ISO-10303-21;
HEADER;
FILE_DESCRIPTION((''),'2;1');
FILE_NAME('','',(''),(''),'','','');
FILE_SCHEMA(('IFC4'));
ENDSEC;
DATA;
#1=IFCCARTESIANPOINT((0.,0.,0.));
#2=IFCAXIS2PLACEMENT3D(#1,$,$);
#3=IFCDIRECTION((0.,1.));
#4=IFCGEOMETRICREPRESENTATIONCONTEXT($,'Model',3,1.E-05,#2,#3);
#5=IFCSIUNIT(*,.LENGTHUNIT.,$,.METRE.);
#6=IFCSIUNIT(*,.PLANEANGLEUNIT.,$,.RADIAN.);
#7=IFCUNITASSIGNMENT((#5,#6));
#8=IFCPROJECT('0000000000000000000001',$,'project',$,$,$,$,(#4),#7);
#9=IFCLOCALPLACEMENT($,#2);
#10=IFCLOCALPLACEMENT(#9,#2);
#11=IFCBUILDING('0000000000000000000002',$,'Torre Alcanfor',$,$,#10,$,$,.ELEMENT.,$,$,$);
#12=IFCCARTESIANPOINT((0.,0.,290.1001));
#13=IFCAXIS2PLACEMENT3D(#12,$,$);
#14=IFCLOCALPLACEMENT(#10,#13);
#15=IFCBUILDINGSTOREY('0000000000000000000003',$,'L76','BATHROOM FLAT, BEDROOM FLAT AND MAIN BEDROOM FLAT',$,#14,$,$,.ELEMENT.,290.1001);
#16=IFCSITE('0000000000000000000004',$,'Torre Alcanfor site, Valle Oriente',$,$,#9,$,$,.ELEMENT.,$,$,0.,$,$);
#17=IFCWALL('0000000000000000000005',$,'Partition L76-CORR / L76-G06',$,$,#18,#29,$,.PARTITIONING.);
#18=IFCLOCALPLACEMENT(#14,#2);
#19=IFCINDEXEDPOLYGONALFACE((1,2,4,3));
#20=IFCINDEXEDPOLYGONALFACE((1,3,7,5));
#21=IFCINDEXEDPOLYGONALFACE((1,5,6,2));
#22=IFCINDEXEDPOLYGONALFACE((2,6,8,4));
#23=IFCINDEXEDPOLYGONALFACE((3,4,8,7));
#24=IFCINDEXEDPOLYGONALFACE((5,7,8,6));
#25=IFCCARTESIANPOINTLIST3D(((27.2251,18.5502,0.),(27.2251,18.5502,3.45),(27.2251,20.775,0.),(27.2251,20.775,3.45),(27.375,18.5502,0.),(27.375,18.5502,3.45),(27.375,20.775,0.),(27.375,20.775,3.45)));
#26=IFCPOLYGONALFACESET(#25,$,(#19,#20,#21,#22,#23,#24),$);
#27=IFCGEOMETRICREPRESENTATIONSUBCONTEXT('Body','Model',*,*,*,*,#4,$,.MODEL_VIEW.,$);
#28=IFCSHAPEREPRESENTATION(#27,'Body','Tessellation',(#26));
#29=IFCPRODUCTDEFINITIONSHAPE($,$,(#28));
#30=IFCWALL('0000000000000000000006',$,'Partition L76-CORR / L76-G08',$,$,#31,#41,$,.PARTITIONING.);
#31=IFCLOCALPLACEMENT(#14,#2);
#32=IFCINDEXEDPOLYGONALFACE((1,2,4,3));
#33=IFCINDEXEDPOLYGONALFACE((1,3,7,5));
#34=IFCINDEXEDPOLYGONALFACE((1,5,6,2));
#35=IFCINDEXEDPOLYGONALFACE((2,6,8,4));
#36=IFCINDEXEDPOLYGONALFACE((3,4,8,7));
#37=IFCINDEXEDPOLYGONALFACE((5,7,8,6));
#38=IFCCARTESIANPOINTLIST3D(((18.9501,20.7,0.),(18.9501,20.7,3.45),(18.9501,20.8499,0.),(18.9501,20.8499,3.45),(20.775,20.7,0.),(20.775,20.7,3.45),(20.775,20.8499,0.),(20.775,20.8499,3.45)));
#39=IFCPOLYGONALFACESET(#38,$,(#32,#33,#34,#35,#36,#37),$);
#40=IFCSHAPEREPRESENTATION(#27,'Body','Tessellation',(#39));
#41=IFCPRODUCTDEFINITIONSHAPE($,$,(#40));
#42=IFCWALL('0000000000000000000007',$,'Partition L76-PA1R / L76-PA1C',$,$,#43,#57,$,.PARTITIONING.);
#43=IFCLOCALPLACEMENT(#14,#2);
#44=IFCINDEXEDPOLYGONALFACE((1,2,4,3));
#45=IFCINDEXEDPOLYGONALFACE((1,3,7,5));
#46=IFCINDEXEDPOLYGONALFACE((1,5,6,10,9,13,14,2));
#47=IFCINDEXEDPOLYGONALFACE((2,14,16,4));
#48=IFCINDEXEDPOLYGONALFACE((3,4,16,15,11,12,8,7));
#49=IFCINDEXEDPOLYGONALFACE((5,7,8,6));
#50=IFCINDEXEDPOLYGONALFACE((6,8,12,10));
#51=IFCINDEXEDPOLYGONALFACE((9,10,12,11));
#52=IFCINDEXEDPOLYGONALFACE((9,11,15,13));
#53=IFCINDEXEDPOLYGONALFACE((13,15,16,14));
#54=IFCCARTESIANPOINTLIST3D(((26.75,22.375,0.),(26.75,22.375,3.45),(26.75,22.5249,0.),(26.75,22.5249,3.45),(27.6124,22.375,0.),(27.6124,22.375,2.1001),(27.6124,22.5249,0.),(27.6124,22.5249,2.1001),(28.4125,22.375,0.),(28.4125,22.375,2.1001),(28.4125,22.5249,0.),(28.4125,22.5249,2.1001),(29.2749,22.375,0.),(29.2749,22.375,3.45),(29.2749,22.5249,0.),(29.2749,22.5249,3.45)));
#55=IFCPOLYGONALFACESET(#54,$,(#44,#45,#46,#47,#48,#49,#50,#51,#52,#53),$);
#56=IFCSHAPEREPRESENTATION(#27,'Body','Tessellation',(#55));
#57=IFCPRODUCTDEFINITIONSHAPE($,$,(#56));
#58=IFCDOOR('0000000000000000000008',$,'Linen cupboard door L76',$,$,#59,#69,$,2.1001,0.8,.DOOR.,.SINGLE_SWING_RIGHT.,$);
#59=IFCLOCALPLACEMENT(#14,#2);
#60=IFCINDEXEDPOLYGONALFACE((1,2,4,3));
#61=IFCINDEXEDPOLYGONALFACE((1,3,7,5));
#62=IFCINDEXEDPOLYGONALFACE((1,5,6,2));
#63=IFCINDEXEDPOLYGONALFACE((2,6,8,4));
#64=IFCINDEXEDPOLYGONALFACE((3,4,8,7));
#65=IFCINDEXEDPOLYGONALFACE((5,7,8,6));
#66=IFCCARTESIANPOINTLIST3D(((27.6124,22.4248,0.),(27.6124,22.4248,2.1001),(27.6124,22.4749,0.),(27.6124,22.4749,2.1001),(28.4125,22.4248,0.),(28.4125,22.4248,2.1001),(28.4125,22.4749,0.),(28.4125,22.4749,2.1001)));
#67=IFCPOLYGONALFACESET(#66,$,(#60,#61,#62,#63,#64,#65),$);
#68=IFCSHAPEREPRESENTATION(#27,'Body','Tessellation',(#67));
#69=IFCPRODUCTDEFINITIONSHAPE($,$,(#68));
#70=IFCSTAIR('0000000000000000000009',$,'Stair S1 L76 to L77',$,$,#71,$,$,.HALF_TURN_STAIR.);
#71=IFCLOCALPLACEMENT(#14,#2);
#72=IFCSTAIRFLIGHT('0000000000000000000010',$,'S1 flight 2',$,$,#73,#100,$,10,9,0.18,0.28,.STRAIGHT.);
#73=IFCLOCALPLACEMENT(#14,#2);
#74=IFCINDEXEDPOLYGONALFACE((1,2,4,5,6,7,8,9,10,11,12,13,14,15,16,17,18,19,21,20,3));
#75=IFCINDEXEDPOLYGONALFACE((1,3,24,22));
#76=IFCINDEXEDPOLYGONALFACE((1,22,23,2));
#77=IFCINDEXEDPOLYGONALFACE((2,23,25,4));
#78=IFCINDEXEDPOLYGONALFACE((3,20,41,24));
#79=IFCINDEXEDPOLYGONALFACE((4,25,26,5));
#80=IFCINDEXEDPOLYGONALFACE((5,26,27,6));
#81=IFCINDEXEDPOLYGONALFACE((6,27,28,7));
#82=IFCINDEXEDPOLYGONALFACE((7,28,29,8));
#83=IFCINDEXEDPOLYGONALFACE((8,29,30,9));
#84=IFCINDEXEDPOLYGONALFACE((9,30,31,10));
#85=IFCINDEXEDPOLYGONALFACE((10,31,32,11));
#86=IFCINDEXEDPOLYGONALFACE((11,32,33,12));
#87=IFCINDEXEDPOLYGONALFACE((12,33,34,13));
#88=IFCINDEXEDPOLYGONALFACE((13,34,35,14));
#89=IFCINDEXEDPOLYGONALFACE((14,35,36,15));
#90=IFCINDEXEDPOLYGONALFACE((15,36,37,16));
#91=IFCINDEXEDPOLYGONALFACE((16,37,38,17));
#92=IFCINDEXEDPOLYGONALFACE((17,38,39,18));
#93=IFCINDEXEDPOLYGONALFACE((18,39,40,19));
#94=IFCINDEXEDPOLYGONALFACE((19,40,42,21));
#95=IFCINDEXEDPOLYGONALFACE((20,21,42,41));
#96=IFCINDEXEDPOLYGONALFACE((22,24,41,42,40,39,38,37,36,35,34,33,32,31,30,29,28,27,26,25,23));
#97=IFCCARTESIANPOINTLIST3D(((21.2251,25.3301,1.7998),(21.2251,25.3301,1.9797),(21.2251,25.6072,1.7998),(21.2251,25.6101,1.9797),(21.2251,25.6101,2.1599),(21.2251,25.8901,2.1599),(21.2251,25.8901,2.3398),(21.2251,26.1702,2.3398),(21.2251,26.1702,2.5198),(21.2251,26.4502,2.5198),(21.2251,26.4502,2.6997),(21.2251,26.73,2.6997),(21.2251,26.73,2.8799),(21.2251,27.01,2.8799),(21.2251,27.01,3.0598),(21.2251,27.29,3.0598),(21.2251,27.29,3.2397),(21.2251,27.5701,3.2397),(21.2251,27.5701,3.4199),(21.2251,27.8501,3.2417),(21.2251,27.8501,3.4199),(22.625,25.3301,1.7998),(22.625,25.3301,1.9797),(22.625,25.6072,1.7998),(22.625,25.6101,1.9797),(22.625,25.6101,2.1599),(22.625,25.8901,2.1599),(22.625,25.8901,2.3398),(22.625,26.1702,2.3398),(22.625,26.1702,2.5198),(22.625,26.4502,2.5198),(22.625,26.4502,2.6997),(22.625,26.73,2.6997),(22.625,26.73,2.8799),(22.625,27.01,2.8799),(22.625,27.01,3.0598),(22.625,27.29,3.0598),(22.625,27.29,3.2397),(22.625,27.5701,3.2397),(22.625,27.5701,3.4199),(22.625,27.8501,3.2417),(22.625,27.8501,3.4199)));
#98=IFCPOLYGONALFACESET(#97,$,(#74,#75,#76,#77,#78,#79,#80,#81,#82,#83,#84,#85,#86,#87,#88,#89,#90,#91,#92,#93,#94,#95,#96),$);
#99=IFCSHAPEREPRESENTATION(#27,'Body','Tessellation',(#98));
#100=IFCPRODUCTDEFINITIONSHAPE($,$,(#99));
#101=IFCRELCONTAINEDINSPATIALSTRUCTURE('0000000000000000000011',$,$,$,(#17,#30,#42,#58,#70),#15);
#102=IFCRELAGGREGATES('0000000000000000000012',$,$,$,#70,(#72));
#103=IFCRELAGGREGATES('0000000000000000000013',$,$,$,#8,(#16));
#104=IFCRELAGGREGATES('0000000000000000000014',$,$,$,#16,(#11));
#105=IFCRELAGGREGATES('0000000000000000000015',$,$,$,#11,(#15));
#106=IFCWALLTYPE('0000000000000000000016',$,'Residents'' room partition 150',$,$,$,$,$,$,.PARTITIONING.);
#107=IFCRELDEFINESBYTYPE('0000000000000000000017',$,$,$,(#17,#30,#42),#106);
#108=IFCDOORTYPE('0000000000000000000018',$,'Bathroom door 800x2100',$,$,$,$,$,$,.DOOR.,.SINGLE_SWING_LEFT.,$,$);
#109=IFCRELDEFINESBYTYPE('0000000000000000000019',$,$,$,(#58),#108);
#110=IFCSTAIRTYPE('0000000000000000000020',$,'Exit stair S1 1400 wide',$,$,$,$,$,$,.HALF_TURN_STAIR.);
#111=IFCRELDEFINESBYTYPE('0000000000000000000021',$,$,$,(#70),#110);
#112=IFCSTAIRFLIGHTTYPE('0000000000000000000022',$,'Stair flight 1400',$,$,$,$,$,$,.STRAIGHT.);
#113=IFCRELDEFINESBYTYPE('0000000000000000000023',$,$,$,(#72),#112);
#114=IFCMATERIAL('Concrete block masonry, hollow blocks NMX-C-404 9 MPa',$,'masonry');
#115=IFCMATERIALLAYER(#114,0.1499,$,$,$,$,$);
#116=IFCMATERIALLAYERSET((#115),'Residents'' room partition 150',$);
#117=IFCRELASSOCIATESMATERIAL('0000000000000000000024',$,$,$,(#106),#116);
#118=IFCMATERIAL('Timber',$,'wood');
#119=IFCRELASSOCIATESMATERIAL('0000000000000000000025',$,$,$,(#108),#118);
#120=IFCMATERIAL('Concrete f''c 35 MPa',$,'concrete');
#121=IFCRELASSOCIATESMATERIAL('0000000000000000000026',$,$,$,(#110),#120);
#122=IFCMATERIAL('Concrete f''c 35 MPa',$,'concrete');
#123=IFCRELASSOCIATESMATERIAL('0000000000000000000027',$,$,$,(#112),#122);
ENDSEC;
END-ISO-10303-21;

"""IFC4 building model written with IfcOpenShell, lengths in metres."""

from ifc_helpers import new_model, si_unit, direction, frame, frame_2d, origin, place, context, subcontext, project, spatial, polyline, rectangle, outline, extrude, material, layer, layer_set, type_object, element, fill, aggregate, save


model = new_model("IFC4")

# Units and contexts
model_context = context("Model", 3, precision=1e-05, world=origin(), true_north=direction((0.0, 1.0)))
body_context = subcontext(model_context, "Body", "Model", "MODEL_VIEW")
ifc_project = project(units=[si_unit("LENGTHUNIT", "METRE"), si_unit("PLANEANGLEUNIT", "RADIAN")], contexts=[model_context])

# Site, building, storey
site_placement = place(None, origin())
site = spatial("IfcSite", under=ifc_project, at=site_placement, Name="Torre Alcanfor site, Valle Oriente", CompositionType="ELEMENT", RefElevation=0.0)
building_placement = place(site_placement, origin())
building = spatial("IfcBuilding", under=site, at=building_placement, Name="Torre Alcanfor", CompositionType="ELEMENT")
storey_placement = place(building_placement, frame((0.0, 0.0, 290.1001)))
storey = spatial("IfcBuildingStorey", under=building, at=storey_placement, Name="L76", Description="BATHROOM FLAT, BEDROOM FLAT AND MAIN BEDROOM FLAT", CompositionType="ELEMENT", Elevation=290.1001)

# Walls
ifc_material_1 = material(Name="Concrete block masonry, hollow blocks NMX-C-404 9 MPa", Category="masonry")
ifc_layer_1 = layer(ifc_material_1, 0.1499)
ifc_layer_set_1 = layer_set([ifc_layer_1], Name="Residents' room partition 150")
wall_type_1 = type_object("IfcWallType", Name="Residents' room partition 150", PredefinedType="PARTITIONING", material=ifc_layer_set_1)
wall_1_placement = place(storey_placement, frame((27.3, 20.7749, 0.0), z_axis=(0.0, 0.0, 1.0), x_axis=(0.0, -1.0, 0.0)))
element("IfcWall", 1, at=wall_1_placement, inside=storey, type_object=wall_type_1, Name="Partition L76-CORR / L76-G06", PredefinedType="PARTITIONING", context=body_context, shape_type="SweptSolid", body=[
    extrude(rectangle(XDim=2.2249, YDim=0.1499, at=frame_2d((1.1123, 0.0))), origin(), (0.0, 0.0, 1.0), 3.45),
])
wall_2_placement = place(storey_placement, frame((18.95, 20.7749, 0.0), z_axis=(0.0, 0.0, 1.0), x_axis=(1.0, 0.0, 0.0)))
element("IfcWall", 2, at=wall_2_placement, inside=storey, type_object=wall_type_1, Name="Partition L76-CORR / L76-G08", PredefinedType="PARTITIONING", context=body_context, shape_type="SweptSolid", body=[
    extrude(rectangle(XDim=1.825, YDim=0.1499, at=frame_2d((0.9126, 0.0))), origin(), (0.0, 0.0, 1.0), 3.45),
])

# Wall, opening, door
wall_3_placement = place(storey_placement, frame((26.75, 22.45, 0.0), z_axis=(0.0, 0.0, 1.0), x_axis=(1.0, 0.0, 0.0)))
wall_3 = element("IfcWall", 3, at=wall_3_placement, inside=storey, type_object=wall_type_1, Name="Partition L76-PA1R / L76-PA1C", PredefinedType="PARTITIONING", context=body_context, shape_type="SweptSolid", body=[
    extrude(rectangle(XDim=2.5249, YDim=0.1499, at=frame_2d((1.2625, 0.0))), origin(), (0.0, 0.0, 1.0), 3.45),
])
opening_1_placement = place(wall_3_placement, frame((0.8625, 0.0, 0.0)))
opening_1 = element("IfcOpeningElement", 4, at=opening_1_placement, cuts=wall_3, PredefinedType="OPENING", context=body_context, shape_type="SweptSolid", body=[
    extrude(rectangle(XDim=0.8, YDim=2.1001, at=frame_2d((0.3999, 1.05))), frame((0.0, 0.085, 0.0), z_axis=(0.0, -1.0, 0.0), x_axis=(1.0, 0.0, 0.0)), (0.0, 0.0, 1.0), 0.1699),
])
ifc_material_2 = material(Name="Timber", Category="wood")
door_type_1 = type_object("IfcDoorType", Name="Bathroom door 800x2100", OperationType="SINGLE_SWING_LEFT", PredefinedType="DOOR", material=ifc_material_2)
door_1_placement = place(opening_1_placement, frame((0.8, 0.0, 0.0), z_axis=(0.0, 0.0, 1.0), x_axis=(-1.0, 0.0, 0.0)))
door_1 = element("IfcDoor", 5, at=door_1_placement, inside=storey, type_object=door_type_1, Name="Linen cupboard door L76", OperationType="SINGLE_SWING_RIGHT", OverallHeight=2.1001, OverallWidth=0.8, PredefinedType="DOOR", context=body_context, shape_type="SweptSolid", body=[
    extrude(rectangle(XDim=0.8, YDim=2.1001, at=frame_2d((0.4001, 1.05))), frame((0.0, 0.0251, 0.0), z_axis=(0.0, -1.0, 0.0), x_axis=(1.0, 0.0, 0.0)), (0.0, 0.0, 1.0), 0.05),
])
fill(opening_1, door_1)

# Stair, stair flight
ifc_material_3 = material(Name="Concrete f'c 35 MPa", Category="concrete")
stair_type = type_object("IfcStairType", Name="Exit stair S1 1400 wide", PredefinedType="HALF_TURN_STAIR", material=ifc_material_3)
stair_placement = place(storey_placement, origin())
stair = element("IfcStair", 6, at=stair_placement, inside=storey, type_object=stair_type, Name="Stair S1 L76 to L77", PredefinedType="HALF_TURN_STAIR")
ifc_material_4 = material(Name="Concrete f'c 35 MPa", Category="concrete")
stair_flight_type = type_object("IfcStairFlightType", Name="Stair flight 1400", PredefinedType="STRAIGHT", material=ifc_material_4)
stair_flight_placement = place(storey_placement, frame((21.925, 25.3301, 1.7998), z_axis=(0.0, 0.0, 1.0), x_axis=(0.0, 1.0, 0.0)))
stair_flight = element("IfcStairFlight", 7, at=stair_flight_placement, type_object=stair_flight_type, Name="S1 flight 2", NumberOfRisers=10, NumberOfTreads=9, PredefinedType="STRAIGHT", RiserHeight=0.18, TreadLength=0.28, context=body_context, shape_type="SweptSolid", body=[
    extrude(outline(polyline([(0.0, 0.0), (0.0, 0.1799), (0.28, 0.1799), (0.28, 0.3601), (0.5601, 0.3601), (0.5601, 0.54), (0.8401, 0.54), (0.8401, 0.72), (1.1201, 0.72), (1.1201, 0.8999), (1.3999, 0.8999), (1.3999, 1.0801), (1.6799, 1.0801), (1.6799, 1.26), (1.96, 1.26), (1.96, 1.4399), (2.24, 1.4399), (2.24, 1.6201), (2.52, 1.6201), (2.52, 1.8), (2.52, 1.4419), (0.2771, 0.0), (0.0, 0.0)])), frame((0.0, 0.7, 0.0), z_axis=(0.0, -1.0, 0.0), x_axis=(1.0, 0.0, 0.0)), (0.0, 0.0, 1.0), 1.3999),
])
aggregate(stair, [stair_flight])

save(model, "model.ifc")
